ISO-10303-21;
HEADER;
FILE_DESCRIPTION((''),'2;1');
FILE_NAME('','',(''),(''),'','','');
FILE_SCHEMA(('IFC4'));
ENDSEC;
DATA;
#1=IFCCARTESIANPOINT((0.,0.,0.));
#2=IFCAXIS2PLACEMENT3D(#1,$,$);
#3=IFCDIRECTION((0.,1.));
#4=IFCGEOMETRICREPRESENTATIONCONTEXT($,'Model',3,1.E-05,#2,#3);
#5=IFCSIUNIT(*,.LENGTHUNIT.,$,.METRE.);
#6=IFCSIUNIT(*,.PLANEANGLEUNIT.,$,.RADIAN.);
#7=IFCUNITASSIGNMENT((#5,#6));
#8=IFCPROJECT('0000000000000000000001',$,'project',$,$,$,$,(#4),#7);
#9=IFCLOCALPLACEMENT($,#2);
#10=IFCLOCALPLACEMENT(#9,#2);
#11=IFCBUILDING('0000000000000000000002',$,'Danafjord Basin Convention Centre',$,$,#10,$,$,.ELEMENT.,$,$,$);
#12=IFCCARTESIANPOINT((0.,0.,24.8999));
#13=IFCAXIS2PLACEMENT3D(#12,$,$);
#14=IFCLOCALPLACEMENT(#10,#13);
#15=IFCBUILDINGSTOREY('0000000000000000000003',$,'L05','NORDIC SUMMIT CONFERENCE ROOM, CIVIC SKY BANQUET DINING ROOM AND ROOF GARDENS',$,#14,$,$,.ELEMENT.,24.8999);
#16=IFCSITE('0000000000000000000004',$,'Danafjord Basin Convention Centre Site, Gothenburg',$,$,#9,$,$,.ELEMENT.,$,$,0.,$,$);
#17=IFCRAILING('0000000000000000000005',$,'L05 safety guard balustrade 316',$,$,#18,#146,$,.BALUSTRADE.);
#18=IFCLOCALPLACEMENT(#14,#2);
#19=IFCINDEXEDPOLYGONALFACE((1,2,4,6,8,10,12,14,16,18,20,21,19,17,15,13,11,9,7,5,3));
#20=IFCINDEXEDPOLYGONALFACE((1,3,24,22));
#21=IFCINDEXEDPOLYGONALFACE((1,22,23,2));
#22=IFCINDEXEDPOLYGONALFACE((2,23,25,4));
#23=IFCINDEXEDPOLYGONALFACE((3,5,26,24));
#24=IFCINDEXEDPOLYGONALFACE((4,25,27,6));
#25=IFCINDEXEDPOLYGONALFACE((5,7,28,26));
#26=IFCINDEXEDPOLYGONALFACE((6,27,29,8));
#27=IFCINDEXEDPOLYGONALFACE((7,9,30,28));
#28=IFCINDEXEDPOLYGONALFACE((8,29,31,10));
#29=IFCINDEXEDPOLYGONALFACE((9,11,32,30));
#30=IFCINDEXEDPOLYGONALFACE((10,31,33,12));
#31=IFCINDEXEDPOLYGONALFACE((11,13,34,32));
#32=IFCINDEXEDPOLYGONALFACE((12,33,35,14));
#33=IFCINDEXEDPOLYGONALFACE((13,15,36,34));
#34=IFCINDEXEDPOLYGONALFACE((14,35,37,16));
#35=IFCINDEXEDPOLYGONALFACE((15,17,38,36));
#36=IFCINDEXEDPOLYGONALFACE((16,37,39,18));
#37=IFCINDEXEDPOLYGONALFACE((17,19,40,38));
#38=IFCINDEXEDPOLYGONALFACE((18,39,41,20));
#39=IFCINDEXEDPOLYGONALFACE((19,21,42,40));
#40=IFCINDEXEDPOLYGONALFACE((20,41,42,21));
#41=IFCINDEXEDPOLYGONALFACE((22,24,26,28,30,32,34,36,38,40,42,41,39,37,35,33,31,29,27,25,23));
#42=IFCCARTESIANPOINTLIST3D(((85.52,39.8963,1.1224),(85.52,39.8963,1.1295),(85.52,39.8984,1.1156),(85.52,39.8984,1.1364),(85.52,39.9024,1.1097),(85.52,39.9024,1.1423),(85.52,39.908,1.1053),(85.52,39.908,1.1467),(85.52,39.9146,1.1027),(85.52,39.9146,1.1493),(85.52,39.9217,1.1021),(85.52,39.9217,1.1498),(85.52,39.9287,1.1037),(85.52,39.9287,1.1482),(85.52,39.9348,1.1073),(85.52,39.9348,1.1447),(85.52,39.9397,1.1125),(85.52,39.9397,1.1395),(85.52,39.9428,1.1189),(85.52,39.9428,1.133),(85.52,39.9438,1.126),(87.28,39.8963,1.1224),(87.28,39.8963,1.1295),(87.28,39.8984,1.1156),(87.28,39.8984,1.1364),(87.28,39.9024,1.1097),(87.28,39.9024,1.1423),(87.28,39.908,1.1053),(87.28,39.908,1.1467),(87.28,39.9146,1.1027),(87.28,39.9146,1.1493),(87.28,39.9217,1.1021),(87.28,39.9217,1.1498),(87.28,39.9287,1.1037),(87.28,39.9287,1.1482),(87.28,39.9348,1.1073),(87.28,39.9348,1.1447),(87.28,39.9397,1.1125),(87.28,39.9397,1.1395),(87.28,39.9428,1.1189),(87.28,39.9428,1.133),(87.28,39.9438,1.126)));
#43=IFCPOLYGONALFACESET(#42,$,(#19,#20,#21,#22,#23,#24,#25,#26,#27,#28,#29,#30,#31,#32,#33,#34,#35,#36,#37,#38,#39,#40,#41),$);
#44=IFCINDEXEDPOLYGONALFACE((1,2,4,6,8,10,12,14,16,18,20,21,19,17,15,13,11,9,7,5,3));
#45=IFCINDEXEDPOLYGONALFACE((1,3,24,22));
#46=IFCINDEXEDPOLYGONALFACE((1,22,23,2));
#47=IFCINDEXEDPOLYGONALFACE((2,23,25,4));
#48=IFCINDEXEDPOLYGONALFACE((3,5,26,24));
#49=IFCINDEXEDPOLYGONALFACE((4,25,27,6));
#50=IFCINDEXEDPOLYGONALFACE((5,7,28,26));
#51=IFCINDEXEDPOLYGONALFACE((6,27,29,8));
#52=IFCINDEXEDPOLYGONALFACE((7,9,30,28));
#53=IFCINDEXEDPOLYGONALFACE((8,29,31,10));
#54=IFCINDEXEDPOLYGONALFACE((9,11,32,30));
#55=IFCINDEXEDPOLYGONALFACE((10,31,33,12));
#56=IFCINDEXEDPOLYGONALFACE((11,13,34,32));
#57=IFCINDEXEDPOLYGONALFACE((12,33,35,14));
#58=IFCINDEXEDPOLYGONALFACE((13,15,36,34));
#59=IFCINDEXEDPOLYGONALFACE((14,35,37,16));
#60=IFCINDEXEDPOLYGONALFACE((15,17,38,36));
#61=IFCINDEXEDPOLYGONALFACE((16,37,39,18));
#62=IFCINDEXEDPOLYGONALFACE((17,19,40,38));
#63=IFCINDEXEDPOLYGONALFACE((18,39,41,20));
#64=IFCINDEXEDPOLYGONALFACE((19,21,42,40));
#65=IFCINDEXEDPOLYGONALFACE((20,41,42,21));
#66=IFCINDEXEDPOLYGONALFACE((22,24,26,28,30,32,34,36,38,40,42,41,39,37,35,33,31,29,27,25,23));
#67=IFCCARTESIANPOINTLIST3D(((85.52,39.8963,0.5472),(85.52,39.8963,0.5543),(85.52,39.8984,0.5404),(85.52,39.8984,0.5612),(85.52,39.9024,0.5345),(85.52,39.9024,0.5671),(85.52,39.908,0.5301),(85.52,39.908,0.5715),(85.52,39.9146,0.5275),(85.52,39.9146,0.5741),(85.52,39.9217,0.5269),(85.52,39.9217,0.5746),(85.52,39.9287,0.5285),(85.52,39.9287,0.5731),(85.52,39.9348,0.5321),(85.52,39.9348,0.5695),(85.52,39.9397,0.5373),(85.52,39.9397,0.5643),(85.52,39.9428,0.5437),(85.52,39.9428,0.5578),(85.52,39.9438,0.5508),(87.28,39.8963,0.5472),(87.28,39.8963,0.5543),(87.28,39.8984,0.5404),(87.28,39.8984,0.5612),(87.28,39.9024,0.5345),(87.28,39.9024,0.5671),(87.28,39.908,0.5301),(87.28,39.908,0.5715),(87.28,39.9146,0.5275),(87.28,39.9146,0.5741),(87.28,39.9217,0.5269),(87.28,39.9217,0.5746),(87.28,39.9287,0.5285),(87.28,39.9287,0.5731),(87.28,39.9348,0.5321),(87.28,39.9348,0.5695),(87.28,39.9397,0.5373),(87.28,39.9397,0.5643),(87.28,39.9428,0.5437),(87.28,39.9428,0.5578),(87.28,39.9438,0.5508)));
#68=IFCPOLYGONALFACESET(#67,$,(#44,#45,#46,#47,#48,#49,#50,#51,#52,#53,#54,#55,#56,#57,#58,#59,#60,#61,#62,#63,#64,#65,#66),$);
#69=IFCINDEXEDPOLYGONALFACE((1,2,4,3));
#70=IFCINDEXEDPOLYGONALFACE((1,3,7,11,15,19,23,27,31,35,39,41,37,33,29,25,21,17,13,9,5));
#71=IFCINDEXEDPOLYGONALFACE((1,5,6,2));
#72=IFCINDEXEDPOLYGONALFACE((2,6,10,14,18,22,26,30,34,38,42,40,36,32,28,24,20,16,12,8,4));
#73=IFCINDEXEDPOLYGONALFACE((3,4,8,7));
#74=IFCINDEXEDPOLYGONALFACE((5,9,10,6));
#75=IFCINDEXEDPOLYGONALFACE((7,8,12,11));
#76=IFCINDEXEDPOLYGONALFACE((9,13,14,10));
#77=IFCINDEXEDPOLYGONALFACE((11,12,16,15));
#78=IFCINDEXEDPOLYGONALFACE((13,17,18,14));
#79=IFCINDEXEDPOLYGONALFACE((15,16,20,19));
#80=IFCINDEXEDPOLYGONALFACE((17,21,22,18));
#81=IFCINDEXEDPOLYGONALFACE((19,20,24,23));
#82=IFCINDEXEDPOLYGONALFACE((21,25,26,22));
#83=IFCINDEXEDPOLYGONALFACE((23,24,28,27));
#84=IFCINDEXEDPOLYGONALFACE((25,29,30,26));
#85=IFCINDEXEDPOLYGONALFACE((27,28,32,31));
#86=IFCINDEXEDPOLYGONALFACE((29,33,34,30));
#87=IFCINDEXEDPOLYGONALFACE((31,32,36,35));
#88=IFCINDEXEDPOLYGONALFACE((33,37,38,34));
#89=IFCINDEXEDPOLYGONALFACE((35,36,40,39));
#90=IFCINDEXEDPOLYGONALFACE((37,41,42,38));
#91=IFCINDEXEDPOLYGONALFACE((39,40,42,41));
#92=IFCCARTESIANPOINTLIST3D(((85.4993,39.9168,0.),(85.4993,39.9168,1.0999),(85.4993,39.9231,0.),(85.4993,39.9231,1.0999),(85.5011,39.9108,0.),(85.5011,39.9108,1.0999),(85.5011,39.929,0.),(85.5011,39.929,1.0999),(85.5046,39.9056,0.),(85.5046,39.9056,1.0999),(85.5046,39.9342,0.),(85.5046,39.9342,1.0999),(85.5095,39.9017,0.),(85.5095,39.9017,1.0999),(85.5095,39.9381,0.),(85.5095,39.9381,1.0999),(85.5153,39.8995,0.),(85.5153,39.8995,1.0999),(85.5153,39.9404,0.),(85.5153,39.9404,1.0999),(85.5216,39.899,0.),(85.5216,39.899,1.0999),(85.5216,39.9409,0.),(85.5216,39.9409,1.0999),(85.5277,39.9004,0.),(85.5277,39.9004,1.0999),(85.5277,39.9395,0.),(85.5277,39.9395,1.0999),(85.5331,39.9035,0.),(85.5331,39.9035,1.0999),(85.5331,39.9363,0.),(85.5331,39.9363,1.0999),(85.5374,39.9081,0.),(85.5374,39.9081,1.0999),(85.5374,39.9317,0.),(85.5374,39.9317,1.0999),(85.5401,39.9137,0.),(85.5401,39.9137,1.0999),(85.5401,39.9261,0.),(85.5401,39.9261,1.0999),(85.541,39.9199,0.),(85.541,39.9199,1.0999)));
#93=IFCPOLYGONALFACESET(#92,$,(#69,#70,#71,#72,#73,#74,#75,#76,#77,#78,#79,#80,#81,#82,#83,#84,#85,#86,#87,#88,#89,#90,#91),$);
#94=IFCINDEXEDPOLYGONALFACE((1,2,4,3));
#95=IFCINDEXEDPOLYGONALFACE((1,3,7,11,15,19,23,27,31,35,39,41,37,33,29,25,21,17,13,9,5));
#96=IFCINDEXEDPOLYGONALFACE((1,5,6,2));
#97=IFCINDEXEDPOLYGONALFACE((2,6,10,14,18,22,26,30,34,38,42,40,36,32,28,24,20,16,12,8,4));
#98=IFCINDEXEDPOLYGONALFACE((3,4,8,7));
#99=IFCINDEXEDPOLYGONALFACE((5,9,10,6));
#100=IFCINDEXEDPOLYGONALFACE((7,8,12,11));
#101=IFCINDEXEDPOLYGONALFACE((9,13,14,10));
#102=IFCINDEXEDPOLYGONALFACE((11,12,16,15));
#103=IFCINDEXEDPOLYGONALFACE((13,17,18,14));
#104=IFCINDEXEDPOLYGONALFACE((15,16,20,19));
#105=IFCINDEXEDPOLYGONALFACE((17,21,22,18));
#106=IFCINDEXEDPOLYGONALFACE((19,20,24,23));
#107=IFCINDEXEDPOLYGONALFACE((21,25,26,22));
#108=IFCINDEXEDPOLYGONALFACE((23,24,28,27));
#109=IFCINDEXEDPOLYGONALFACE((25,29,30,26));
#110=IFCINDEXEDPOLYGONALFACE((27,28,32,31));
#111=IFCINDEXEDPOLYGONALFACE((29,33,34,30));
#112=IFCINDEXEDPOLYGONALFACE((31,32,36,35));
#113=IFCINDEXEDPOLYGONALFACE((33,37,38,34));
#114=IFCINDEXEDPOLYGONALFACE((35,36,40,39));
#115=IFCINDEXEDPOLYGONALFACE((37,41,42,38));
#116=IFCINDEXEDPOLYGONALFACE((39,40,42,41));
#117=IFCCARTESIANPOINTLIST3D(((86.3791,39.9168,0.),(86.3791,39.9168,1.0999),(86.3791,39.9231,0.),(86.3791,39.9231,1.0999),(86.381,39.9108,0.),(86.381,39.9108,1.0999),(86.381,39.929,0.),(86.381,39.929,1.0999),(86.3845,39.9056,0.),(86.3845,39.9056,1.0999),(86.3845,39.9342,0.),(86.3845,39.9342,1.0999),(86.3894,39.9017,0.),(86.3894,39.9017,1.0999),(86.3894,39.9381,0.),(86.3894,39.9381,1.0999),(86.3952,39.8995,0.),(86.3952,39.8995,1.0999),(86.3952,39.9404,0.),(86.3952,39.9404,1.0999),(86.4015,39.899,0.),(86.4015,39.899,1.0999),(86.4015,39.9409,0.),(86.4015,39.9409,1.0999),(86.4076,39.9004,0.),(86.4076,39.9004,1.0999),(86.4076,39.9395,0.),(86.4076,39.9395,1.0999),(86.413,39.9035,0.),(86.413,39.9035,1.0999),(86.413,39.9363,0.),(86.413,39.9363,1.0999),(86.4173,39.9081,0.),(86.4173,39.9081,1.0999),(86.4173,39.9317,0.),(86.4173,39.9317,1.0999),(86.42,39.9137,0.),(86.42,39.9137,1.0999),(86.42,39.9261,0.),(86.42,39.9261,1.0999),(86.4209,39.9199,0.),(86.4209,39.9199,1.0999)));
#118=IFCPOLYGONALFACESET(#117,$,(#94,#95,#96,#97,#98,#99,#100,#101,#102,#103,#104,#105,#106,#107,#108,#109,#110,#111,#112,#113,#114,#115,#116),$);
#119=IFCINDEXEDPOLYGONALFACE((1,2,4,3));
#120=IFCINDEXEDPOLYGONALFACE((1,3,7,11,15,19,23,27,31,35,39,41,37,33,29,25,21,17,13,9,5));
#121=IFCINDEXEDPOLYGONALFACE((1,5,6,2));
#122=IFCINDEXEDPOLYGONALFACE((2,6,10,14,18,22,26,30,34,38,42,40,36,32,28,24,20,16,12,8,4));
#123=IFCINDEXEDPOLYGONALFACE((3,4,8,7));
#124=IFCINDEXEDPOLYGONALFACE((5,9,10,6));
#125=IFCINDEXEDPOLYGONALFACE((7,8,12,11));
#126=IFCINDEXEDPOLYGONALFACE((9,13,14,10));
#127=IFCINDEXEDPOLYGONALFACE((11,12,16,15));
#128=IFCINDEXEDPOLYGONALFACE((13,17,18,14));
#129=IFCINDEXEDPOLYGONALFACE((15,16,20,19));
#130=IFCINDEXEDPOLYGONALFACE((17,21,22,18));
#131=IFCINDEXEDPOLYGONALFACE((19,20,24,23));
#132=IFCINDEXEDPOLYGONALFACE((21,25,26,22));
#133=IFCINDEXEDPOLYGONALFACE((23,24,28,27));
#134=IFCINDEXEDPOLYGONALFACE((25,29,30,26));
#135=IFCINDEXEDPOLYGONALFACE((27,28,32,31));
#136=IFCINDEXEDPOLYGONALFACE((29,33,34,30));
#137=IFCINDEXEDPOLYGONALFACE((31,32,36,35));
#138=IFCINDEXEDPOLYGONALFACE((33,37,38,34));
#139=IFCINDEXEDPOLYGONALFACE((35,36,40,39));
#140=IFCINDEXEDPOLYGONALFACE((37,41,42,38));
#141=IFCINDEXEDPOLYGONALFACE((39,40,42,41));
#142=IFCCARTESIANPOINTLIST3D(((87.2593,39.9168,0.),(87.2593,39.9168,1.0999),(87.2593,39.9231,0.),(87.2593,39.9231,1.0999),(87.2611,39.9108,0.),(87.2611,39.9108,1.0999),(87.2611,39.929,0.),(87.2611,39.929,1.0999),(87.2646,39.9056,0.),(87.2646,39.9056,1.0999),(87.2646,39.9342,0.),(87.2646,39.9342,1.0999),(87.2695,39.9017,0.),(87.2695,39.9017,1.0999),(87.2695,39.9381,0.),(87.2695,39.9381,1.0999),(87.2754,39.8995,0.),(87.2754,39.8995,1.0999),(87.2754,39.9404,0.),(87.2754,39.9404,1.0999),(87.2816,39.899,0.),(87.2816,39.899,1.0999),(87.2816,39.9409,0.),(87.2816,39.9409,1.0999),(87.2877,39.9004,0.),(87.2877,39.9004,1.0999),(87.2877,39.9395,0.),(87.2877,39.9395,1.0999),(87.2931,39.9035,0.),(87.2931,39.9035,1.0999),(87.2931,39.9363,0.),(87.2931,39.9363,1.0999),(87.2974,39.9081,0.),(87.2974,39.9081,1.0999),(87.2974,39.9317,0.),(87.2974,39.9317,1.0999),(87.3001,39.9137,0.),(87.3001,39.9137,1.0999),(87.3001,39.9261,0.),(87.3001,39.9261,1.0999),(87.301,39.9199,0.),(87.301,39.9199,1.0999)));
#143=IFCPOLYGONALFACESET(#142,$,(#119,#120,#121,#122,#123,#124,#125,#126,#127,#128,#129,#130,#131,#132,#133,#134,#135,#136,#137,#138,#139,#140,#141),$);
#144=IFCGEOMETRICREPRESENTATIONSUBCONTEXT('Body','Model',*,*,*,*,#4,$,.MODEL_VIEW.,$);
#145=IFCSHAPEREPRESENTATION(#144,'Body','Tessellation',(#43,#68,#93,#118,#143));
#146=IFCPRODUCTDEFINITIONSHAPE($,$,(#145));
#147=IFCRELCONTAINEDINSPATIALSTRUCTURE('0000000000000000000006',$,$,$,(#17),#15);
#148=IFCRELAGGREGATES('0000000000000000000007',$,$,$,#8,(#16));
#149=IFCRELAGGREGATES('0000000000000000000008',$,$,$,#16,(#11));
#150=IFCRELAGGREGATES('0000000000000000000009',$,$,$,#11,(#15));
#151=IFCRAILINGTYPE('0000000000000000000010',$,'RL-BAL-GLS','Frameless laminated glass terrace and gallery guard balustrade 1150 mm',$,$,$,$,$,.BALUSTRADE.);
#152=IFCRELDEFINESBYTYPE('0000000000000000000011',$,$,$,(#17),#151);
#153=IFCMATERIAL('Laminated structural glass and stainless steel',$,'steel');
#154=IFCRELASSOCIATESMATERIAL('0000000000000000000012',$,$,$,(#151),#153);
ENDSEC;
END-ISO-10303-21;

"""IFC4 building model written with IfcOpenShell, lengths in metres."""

from ifc_helpers import new_model, si_unit, direction, frame, origin, origin_2d, place, context, subcontext, project, spatial, circle, extrude, material, type_object, element, save


model = new_model("IFC4")

# Units and contexts
model_context = context("Model", 3, precision=1e-05, world=origin(), true_north=direction((0.0, 1.0)))
body_context = subcontext(model_context, "Body", "Model", "MODEL_VIEW")
ifc_project = project(units=[si_unit("LENGTHUNIT", "METRE"), si_unit("PLANEANGLEUNIT", "RADIAN")], contexts=[model_context])

# Site, building, storey
site_placement = place(None, origin())
site = spatial("IfcSite", under=ifc_project, at=site_placement, Name="Danafjord Basin Convention Centre Site, Gothenburg", CompositionType="ELEMENT", RefElevation=0.0)
building_placement = place(site_placement, origin())
building = spatial("IfcBuilding", under=site, at=building_placement, Name="Danafjord Basin Convention Centre", CompositionType="ELEMENT")
storey_placement = place(building_placement, frame((0.0, 0.0, 24.8999)))
storey = spatial("IfcBuildingStorey", under=building, at=storey_placement, Name="L05", Description="NORDIC SUMMIT CONFERENCE ROOM, CIVIC SKY BANQUET DINING ROOM AND ROOF GARDENS", CompositionType="ELEMENT", Elevation=24.8999)

# Railing
ifc_material_1 = material(Name="Laminated structural glass and stainless steel", Category="steel")
railing_type = type_object("IfcRailingType", Name="RL-BAL-GLS", Description="Frameless laminated glass terrace and gallery guard balustrade 1150 mm", PredefinedType="BALUSTRADE", material=ifc_material_1)
railing_placement = place(storey_placement, frame((85.52, 39.9199, 0.0)))
element("IfcRailing", 1, at=railing_placement, inside=storey, type_object=railing_type, Name="L05 safety guard balustrade 316", PredefinedType="BALUSTRADE", context=body_context, shape_type="SweptSolid", body=[
    extrude(circle(Radius=0.0239, at=origin_2d()), frame((0.0, 0.0, 1.126), z_axis=(1.0, 0.0, 0.0), x_axis=(0.0, 1.0, 0.0)), (0.0, 0.0, 1.0), 1.76),
    extrude(circle(Radius=0.0239, at=origin_2d()), frame((0.0, 0.0, 0.5508), z_axis=(1.0, 0.0, 0.0), x_axis=(0.0, 1.0, 0.0)), (0.0, 0.0, 1.0), 1.76),
    extrude(circle(Radius=0.021, at=origin_2d()), origin(), (0.0, 0.0, 1.0), 1.0999),
    extrude(circle(Radius=0.021, at=origin_2d()), frame((0.8799, 0.0, 0.0)), (0.0, 0.0, 1.0), 1.0999),
    extrude(circle(Radius=0.021, at=origin_2d()), frame((1.76, 0.0, 0.0)), (0.0, 0.0, 1.0), 1.0999),
])

save(model, "model.ifc")
